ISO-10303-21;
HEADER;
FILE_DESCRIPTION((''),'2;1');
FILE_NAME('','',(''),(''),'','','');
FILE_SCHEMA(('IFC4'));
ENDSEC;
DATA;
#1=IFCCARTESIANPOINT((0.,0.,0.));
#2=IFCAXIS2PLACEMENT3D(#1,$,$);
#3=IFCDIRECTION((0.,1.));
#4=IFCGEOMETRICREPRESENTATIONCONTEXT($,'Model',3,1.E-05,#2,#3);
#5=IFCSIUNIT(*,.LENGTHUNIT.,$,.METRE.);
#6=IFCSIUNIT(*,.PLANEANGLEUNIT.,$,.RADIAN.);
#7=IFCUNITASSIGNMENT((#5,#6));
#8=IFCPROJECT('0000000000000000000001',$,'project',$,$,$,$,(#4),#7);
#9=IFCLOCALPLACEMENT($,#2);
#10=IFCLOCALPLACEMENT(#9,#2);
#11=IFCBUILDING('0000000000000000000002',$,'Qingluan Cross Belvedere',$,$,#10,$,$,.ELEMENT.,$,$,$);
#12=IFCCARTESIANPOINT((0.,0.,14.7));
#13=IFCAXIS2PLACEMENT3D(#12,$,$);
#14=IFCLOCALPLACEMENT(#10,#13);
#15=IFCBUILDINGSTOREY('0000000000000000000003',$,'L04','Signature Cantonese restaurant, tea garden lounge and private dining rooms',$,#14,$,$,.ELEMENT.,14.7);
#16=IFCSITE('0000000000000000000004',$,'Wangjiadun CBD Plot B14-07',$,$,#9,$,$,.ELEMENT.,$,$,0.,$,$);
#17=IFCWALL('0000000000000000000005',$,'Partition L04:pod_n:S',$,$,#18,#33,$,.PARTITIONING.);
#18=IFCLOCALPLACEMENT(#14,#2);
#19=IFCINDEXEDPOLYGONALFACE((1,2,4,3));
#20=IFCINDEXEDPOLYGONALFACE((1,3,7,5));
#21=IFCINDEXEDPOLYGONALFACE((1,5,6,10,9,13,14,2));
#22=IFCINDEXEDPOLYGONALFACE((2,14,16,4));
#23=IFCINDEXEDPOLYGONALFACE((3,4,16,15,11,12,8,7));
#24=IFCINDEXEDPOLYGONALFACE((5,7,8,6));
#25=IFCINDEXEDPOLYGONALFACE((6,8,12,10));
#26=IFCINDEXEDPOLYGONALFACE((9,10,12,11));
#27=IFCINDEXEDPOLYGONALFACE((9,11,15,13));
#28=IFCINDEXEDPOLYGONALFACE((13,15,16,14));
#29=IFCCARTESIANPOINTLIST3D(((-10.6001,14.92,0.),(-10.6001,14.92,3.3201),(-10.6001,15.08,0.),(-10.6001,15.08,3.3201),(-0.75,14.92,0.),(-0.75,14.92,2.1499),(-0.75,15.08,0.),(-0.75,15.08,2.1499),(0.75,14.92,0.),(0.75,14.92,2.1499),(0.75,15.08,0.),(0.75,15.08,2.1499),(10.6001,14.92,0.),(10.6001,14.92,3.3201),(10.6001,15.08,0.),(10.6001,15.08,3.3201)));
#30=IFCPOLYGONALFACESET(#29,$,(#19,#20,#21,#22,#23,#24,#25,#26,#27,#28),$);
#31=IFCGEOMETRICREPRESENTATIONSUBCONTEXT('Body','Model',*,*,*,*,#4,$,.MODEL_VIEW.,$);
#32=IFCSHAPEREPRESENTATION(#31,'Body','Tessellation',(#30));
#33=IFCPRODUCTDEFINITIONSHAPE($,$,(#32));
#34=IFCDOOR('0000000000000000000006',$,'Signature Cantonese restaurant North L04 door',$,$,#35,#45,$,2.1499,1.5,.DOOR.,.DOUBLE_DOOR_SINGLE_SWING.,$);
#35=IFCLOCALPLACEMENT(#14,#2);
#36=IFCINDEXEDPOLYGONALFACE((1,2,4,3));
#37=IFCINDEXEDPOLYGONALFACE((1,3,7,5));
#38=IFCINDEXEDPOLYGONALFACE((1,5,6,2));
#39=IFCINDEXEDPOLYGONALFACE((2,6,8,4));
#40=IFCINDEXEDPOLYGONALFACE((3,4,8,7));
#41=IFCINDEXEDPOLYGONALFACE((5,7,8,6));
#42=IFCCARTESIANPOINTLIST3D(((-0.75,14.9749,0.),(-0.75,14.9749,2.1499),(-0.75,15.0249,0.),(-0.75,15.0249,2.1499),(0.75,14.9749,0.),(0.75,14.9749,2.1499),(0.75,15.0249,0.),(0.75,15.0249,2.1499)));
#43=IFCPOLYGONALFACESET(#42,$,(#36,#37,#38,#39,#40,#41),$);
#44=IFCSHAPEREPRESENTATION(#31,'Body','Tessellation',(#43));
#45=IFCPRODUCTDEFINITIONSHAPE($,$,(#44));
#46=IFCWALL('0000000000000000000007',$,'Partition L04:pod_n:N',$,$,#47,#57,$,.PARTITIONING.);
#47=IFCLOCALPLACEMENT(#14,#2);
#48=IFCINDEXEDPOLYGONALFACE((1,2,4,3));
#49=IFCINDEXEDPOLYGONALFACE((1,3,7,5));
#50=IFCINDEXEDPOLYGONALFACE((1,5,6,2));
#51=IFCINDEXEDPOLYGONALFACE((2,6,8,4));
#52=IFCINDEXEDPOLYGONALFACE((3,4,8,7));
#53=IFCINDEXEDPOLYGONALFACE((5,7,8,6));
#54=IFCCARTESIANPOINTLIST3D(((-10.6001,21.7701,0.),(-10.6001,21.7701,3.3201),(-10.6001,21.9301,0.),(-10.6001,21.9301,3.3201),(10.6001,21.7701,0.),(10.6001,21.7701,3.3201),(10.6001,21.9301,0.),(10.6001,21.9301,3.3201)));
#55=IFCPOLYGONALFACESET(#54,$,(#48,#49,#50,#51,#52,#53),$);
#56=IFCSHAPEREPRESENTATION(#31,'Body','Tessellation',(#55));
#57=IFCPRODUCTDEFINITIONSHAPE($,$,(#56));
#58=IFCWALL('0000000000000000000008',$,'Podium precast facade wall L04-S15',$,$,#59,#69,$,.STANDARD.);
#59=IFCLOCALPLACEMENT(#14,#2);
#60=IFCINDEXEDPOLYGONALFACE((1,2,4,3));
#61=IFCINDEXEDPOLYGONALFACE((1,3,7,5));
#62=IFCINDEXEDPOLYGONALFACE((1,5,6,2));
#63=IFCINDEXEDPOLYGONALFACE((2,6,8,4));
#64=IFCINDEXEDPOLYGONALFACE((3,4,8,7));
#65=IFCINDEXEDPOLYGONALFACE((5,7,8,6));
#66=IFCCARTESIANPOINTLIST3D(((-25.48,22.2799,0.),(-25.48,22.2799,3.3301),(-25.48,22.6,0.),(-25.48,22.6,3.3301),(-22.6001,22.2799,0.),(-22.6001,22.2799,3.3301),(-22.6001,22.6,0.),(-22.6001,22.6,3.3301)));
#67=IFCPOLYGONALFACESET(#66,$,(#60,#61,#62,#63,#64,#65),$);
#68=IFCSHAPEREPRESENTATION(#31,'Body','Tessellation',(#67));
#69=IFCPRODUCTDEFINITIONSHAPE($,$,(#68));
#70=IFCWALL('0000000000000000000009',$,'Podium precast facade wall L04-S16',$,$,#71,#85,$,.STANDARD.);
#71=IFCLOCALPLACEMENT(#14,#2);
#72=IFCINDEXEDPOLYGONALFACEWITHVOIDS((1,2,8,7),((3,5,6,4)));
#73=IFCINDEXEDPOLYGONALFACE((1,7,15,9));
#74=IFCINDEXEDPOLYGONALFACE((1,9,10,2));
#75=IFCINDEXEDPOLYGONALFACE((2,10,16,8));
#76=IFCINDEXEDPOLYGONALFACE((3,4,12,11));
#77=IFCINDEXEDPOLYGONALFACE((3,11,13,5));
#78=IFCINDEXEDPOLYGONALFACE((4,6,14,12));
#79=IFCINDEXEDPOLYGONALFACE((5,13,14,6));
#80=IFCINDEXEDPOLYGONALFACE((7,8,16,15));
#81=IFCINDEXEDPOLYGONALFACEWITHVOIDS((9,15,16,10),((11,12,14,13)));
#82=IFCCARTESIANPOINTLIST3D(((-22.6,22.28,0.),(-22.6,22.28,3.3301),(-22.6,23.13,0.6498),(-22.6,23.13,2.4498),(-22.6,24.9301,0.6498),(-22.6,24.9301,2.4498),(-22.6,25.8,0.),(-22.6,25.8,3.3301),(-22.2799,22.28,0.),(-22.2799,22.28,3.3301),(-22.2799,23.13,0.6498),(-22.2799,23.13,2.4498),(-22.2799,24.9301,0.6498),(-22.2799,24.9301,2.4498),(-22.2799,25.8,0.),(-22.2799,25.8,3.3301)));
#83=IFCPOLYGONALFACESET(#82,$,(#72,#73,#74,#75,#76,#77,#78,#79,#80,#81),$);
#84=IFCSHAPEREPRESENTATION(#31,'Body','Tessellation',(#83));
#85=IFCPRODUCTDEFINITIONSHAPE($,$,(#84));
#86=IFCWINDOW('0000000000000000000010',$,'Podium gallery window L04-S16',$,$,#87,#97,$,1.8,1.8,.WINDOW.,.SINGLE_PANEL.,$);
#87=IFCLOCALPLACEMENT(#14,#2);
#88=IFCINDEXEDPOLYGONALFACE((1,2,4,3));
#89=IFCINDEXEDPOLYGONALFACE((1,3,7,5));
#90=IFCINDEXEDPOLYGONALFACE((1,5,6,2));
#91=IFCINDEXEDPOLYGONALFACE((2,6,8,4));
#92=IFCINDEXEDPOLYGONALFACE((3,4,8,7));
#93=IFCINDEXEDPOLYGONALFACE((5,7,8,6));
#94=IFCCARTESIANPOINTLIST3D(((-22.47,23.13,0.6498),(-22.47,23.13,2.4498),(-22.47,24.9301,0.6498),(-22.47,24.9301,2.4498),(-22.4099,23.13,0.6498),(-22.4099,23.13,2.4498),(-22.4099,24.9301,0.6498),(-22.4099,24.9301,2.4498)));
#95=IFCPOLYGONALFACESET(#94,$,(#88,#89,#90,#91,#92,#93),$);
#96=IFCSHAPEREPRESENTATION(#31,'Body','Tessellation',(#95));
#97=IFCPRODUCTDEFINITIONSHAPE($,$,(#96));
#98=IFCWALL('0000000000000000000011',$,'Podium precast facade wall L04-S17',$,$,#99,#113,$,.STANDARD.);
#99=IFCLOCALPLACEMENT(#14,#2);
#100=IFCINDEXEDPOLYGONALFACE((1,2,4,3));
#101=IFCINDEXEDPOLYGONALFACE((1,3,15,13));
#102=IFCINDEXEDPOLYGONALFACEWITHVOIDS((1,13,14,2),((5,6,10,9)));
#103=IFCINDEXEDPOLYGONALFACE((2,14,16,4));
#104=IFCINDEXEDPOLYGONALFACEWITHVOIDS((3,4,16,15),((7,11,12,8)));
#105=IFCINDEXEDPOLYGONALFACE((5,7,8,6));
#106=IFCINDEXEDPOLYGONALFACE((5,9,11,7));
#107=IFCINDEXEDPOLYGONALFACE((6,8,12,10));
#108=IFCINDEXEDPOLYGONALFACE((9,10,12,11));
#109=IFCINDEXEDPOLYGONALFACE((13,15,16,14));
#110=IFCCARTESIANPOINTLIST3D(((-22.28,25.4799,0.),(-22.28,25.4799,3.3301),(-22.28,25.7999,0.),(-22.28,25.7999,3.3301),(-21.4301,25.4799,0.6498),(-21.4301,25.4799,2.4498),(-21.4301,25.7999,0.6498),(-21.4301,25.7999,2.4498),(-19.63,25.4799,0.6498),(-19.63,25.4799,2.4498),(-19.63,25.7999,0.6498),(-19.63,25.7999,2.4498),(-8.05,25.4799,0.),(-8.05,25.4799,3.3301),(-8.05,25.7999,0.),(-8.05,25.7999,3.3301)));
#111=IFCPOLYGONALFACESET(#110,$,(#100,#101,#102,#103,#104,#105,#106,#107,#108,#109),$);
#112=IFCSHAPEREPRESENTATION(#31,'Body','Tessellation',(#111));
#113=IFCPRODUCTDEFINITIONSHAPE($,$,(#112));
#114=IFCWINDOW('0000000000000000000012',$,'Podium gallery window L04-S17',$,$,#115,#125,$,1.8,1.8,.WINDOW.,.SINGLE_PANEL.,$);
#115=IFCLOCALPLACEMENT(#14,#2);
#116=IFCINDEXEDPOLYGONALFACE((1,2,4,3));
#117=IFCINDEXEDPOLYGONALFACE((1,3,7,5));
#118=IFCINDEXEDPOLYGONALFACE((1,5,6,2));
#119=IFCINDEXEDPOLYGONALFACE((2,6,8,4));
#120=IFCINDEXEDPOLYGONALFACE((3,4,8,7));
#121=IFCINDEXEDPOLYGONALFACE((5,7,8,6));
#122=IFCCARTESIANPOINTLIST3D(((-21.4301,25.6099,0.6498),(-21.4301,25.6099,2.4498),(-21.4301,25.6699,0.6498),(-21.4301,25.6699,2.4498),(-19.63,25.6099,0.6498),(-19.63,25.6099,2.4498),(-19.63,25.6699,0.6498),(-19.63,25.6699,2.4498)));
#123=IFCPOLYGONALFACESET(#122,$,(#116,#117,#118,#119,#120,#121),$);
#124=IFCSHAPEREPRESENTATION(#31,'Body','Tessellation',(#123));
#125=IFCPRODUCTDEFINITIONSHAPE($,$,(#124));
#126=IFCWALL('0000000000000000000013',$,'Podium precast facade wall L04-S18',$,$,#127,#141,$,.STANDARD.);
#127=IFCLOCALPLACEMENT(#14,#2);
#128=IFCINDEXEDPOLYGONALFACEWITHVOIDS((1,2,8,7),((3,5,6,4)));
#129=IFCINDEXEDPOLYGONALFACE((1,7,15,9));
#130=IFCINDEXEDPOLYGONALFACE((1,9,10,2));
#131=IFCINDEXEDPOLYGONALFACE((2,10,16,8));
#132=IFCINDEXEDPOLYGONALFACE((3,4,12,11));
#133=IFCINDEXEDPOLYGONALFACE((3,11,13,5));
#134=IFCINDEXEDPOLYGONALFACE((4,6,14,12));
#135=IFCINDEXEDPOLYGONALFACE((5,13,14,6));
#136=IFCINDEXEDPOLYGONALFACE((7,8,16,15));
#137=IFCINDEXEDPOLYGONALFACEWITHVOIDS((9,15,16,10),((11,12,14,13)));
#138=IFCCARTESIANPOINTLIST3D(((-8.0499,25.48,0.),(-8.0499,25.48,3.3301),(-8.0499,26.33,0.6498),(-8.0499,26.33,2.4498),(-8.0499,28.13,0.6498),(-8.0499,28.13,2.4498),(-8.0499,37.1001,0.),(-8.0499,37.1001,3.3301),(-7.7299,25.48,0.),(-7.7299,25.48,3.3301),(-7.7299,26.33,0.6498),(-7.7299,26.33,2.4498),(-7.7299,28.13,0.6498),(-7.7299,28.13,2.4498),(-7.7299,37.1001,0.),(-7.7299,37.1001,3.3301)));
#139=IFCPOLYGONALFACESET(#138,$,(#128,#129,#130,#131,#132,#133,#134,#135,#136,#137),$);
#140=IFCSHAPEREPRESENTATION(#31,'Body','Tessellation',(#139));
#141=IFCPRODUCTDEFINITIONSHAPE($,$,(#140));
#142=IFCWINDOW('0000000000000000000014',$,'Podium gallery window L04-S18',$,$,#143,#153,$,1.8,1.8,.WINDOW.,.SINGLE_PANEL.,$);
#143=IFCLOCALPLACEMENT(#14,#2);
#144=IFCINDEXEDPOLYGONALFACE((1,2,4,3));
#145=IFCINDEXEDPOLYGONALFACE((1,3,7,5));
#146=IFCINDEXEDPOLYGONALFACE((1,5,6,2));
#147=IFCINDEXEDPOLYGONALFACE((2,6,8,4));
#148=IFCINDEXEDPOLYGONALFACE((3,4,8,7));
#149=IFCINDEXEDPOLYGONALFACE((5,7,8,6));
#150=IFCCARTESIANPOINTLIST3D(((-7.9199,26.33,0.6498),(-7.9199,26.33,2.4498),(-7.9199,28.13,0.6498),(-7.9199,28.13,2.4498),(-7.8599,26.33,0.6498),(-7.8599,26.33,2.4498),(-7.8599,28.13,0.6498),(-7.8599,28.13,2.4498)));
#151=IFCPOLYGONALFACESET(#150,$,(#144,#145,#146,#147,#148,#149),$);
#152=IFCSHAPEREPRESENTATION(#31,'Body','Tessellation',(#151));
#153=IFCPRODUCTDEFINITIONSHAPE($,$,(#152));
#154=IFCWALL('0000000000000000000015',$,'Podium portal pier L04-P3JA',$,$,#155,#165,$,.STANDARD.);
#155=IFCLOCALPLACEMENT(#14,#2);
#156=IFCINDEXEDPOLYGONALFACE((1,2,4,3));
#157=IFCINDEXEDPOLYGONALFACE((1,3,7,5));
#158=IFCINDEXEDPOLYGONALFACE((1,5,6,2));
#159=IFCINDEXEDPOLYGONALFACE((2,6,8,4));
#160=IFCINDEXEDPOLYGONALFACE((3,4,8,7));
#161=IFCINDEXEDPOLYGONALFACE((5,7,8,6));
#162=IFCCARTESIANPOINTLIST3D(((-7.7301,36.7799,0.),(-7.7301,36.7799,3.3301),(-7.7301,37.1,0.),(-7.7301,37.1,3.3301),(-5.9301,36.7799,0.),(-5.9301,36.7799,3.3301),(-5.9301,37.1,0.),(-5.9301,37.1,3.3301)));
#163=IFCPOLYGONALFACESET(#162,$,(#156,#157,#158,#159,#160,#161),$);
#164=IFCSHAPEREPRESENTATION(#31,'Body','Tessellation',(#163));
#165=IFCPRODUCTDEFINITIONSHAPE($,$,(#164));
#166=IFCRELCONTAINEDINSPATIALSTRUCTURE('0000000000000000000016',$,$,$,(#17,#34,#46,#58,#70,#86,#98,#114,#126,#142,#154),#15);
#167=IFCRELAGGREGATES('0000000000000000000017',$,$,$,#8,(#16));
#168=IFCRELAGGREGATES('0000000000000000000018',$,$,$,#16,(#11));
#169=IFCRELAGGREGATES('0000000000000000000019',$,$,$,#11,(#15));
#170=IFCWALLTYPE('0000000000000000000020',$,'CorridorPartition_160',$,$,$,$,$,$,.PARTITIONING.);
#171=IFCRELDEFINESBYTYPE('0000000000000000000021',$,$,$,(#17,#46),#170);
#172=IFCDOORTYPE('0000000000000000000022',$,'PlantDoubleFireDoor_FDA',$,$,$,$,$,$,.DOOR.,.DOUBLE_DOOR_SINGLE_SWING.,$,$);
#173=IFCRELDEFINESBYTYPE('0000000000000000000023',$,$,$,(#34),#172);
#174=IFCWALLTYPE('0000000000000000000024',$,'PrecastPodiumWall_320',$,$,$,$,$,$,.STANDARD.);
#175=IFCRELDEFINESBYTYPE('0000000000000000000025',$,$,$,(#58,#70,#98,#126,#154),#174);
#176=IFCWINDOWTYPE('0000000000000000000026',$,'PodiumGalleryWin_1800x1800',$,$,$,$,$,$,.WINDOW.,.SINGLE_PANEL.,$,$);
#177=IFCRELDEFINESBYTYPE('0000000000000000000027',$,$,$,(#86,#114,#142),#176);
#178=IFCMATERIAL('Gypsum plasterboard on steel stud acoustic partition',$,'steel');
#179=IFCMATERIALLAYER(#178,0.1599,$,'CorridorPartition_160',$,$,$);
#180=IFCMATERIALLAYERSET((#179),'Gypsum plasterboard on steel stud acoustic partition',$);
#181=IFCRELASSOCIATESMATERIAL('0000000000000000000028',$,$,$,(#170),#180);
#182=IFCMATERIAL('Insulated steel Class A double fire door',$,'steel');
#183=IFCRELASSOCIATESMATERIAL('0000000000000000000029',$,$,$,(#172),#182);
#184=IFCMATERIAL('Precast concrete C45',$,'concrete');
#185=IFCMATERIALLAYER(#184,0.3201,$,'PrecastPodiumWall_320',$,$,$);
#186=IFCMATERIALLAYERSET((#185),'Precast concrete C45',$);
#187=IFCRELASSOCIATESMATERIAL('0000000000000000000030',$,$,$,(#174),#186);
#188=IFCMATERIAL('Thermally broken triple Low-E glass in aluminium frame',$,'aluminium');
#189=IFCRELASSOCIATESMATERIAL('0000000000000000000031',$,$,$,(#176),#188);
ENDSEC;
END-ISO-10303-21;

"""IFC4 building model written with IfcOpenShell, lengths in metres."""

from ifc_helpers import new_model, si_unit, direction, frame, frame_2d, origin, place, context, subcontext, project, spatial, rectangle, extrude, material, layer, layer_set, type_object, element, fill, save


model = new_model("IFC4")

# Units and contexts
model_context = context("Model", 3, precision=1e-05, world=origin(), true_north=direction((0.0, 1.0)))
body_context = subcontext(model_context, "Body", "Model", "MODEL_VIEW")
ifc_project = project(units=[si_unit("LENGTHUNIT", "METRE"), si_unit("PLANEANGLEUNIT", "RADIAN")], contexts=[model_context])

# Site, building, storey
site_placement = place(None, origin())
site = spatial("IfcSite", under=ifc_project, at=site_placement, Name="Wangjiadun CBD Plot B14-07", CompositionType="ELEMENT", RefElevation=0.0)
building_placement = place(site_placement, origin())
building = spatial("IfcBuilding", under=site, at=building_placement, Name="Qingluan Cross Belvedere", CompositionType="ELEMENT")
storey_placement = place(building_placement, frame((0.0, 0.0, 14.7)))
storey = spatial("IfcBuildingStorey", under=building, at=storey_placement, Name="L04", Description="Signature Cantonese restaurant, tea garden lounge and private dining rooms", CompositionType="ELEMENT", Elevation=14.7)

# Wall, opening, door
ifc_material_1 = material(Name="Gypsum plasterboard on steel stud acoustic partition", Category="steel")
ifc_layer_1 = layer(ifc_material_1, 0.1599, Name="CorridorPartition_160")
ifc_layer_set_1 = layer_set([ifc_layer_1], Name="Gypsum plasterboard on steel stud acoustic partition")
wall_type_1 = type_object("IfcWallType", Name="CorridorPartition_160", PredefinedType="PARTITIONING", material=ifc_layer_set_1)
wall_1_placement = place(storey_placement, frame((-10.6001, 15.0, 0.0), z_axis=(0.0, 0.0, 1.0), x_axis=(1.0, 0.0, 0.0)))
wall_1 = element("IfcWall", 1, at=wall_1_placement, inside=storey, type_object=wall_type_1, Name="Partition L04:pod_n:S", PredefinedType="PARTITIONING", context=body_context, shape_type="SweptSolid", body=[
    extrude(rectangle(XDim=21.2002, YDim=0.1599, at=frame_2d((10.6001, 0.0))), origin(), (0.0, 0.0, 1.0), 3.3201),
])
opening_1_placement = place(wall_1_placement, frame((9.8501, 0.0, 0.0)))
opening_1 = element("IfcOpeningElement", 2, at=opening_1_placement, cuts=wall_1, PredefinedType="OPENING", context=body_context, shape_type="SweptSolid", body=[
    extrude(rectangle(XDim=1.5, YDim=2.1499, at=frame_2d((0.75, 1.075))), frame((0.0, 0.0898, 0.0), z_axis=(0.0, -1.0, 0.0), x_axis=(1.0, 0.0, 0.0)), (0.0, 0.0, 1.0), 0.1799),
])
ifc_material_2 = material(Name="Insulated steel Class A double fire door", Category="steel")
door_type = type_object("IfcDoorType", Name="PlantDoubleFireDoor_FDA", OperationType="DOUBLE_DOOR_SINGLE_SWING", PredefinedType="DOOR", material=ifc_material_2)
door_placement = place(opening_1_placement, origin())
door = element("IfcDoor", 3, at=door_placement, inside=storey, type_object=door_type, Name="Signature Cantonese restaurant North L04 door", OperationType="DOUBLE_DOOR_SINGLE_SWING", OverallHeight=2.1499, OverallWidth=1.5, PredefinedType="DOOR", context=body_context, shape_type="SweptSolid", body=[
    extrude(rectangle(XDim=1.5, YDim=2.1499, at=frame_2d((0.75, 1.075))), frame((0.0, 0.0249, 0.0), z_axis=(0.0, -1.0, 0.0), x_axis=(1.0, 0.0, 0.0)), (0.0, 0.0, 1.0), 0.05),
])
fill(opening_1, door)

# Walls
wall_2_placement = place(storey_placement, frame((-10.6001, 21.8501, 0.0), z_axis=(0.0, 0.0, 1.0), x_axis=(1.0, 0.0, 0.0)))
element("IfcWall", 4, at=wall_2_placement, inside=storey, type_object=wall_type_1, Name="Partition L04:pod_n:N", PredefinedType="PARTITIONING", context=body_context, shape_type="SweptSolid", body=[
    extrude(rectangle(XDim=21.2002, YDim=0.1599, at=frame_2d((10.6001, 0.0))), origin(), (0.0, 0.0, 1.0), 3.3201),
])
ifc_material_3 = material(Name="Precast concrete C45", Category="concrete")
ifc_layer_2 = layer(ifc_material_3, 0.3201, Name="PrecastPodiumWall_320")
ifc_layer_set_2 = layer_set([ifc_layer_2], Name="Precast concrete C45")
wall_type_2 = type_object("IfcWallType", Name="PrecastPodiumWall_320", PredefinedType="STANDARD", material=ifc_layer_set_2)
wall_3_placement = place(storey_placement, frame((-25.48, 22.4399, 0.0), z_axis=(0.0, 0.0, 1.0), x_axis=(1.0, 0.0, 0.0)))
element("IfcWall", 5, at=wall_3_placement, inside=storey, type_object=wall_type_2, Name="Podium precast facade wall L04-S15", PredefinedType="STANDARD", context=body_context, shape_type="SweptSolid", body=[
    extrude(rectangle(XDim=2.8799, YDim=0.3201, at=frame_2d((1.4399, 0.0))), origin(), (0.0, 0.0, 1.0), 3.3301),
])

# Walls, openings, windows
wall_4_placement = place(storey_placement, frame((-22.4399, 22.28, 0.0), z_axis=(0.0, 0.0, 1.0), x_axis=(0.0, 1.0, 0.0)))
wall_4 = element("IfcWall", 6, at=wall_4_placement, inside=storey, type_object=wall_type_2, Name="Podium precast facade wall L04-S16", PredefinedType="STANDARD", context=body_context, shape_type="SweptSolid", body=[
    extrude(rectangle(XDim=3.52, YDim=0.3201, at=frame_2d((1.76, 0.0))), origin(), (0.0, 0.0, 1.0), 3.3301),
])
opening_2_placement = place(wall_4_placement, frame((0.8501, 0.0, 0.6499)))
opening_2 = element("IfcOpeningElement", 7, at=opening_2_placement, cuts=wall_4, PredefinedType="OPENING", context=body_context, shape_type="SweptSolid", body=[
    extrude(rectangle(XDim=1.8, YDim=1.8, at=frame_2d((0.8999, 0.8999))), frame((0.0, 0.1699, 0.0), z_axis=(0.0, -1.0, 0.0), x_axis=(1.0, 0.0, 0.0)), (0.0, 0.0, 1.0), 0.3401),
])
ifc_material_4 = material(Name="Thermally broken triple Low-E glass in aluminium frame", Category="aluminium")
window_type = type_object("IfcWindowType", Name="PodiumGalleryWin_1800x1800", PartitioningType="SINGLE_PANEL", PredefinedType="WINDOW", material=ifc_material_4)
window_1_placement = place(opening_2_placement, origin())
window_1 = element("IfcWindow", 8, at=window_1_placement, inside=storey, type_object=window_type, Name="Podium gallery window L04-S16", OverallHeight=1.8, OverallWidth=1.8, PartitioningType="SINGLE_PANEL", PredefinedType="WINDOW", context=body_context, shape_type="SweptSolid", body=[
    extrude(rectangle(XDim=1.8, YDim=1.8, at=frame_2d((0.8999, 0.8999))), frame((0.0, 0.03, 0.0), z_axis=(0.0, -1.0, 0.0), x_axis=(1.0, 0.0, 0.0)), (0.0, 0.0, 1.0), 0.0601),
])
fill(opening_2, window_1)
wall_5_placement = place(storey_placement, frame((-22.28, 25.6399, 0.0), z_axis=(0.0, 0.0, 1.0), x_axis=(1.0, 0.0, 0.0)))
wall_5 = element("IfcWall", 9, at=wall_5_placement, inside=storey, type_object=wall_type_2, Name="Podium precast facade wall L04-S17", PredefinedType="STANDARD", context=body_context, shape_type="SweptSolid", body=[
    extrude(rectangle(XDim=14.23, YDim=0.3201, at=frame_2d((7.115, 0.0))), origin(), (0.0, 0.0, 1.0), 3.3301),
])
opening_3_placement = place(wall_5_placement, frame((0.8501, 0.0, 0.6499)))
opening_3 = element("IfcOpeningElement", 10, at=opening_3_placement, cuts=wall_5, PredefinedType="OPENING", context=body_context, shape_type="SweptSolid", body=[
    extrude(rectangle(XDim=1.8, YDim=1.8, at=frame_2d((0.8999, 0.8999))), frame((0.0, 0.1699, 0.0), z_axis=(0.0, -1.0, 0.0), x_axis=(1.0, 0.0, 0.0)), (0.0, 0.0, 1.0), 0.3401),
])
window_2_placement = place(opening_3_placement, origin())
window_2 = element("IfcWindow", 11, at=window_2_placement, inside=storey, type_object=window_type, Name="Podium gallery window L04-S17", OverallHeight=1.8, OverallWidth=1.8, PartitioningType="SINGLE_PANEL", PredefinedType="WINDOW", context=body_context, shape_type="SweptSolid", body=[
    extrude(rectangle(XDim=1.8, YDim=1.8, at=frame_2d((0.8999, 0.8999))), frame((0.0, 0.03, 0.0), z_axis=(0.0, -1.0, 0.0), x_axis=(1.0, 0.0, 0.0)), (0.0, 0.0, 1.0), 0.0601),
])
fill(opening_3, window_2)
wall_6_placement = place(storey_placement, frame((-7.8899, 25.48, 0.0), z_axis=(0.0, 0.0, 1.0), x_axis=(0.0, 1.0, 0.0)))
wall_6 = element("IfcWall", 12, at=wall_6_placement, inside=storey, type_object=wall_type_2, Name="Podium precast facade wall L04-S18", PredefinedType="STANDARD", context=body_context, shape_type="SweptSolid", body=[
    extrude(rectangle(XDim=11.6201, YDim=0.3201, at=frame_2d((5.8101, 0.0))), origin(), (0.0, 0.0, 1.0), 3.3301),
])
opening_4_placement = place(wall_6_placement, frame((0.8501, 0.0, 0.6499)))
opening_4 = element("IfcOpeningElement", 13, at=opening_4_placement, cuts=wall_6, PredefinedType="OPENING", context=body_context, shape_type="SweptSolid", body=[
    extrude(rectangle(XDim=1.8, YDim=1.8, at=frame_2d((0.8999, 0.8999))), frame((0.0, 0.1699, 0.0), z_axis=(0.0, -1.0, 0.0), x_axis=(1.0, 0.0, 0.0)), (0.0, 0.0, 1.0), 0.3401),
])
window_3_placement = place(opening_4_placement, origin())
window_3 = element("IfcWindow", 14, at=window_3_placement, inside=storey, type_object=window_type, Name="Podium gallery window L04-S18", OverallHeight=1.8, OverallWidth=1.8, PartitioningType="SINGLE_PANEL", PredefinedType="WINDOW", context=body_context, shape_type="SweptSolid", body=[
    extrude(rectangle(XDim=1.8, YDim=1.8, at=frame_2d((0.8999, 0.8999))), frame((0.0, 0.03, 0.0), z_axis=(0.0, -1.0, 0.0), x_axis=(1.0, 0.0, 0.0)), (0.0, 0.0, 1.0), 0.0601),
])
fill(opening_4, window_3)

# Wall
wall_7_placement = place(storey_placement, frame((-7.73, 36.9399, 0.0), z_axis=(0.0, 0.0, 1.0), x_axis=(1.0, 0.0, 0.0)))
element("IfcWall", 15, at=wall_7_placement, inside=storey, type_object=wall_type_2, Name="Podium portal pier L04-P3JA", PredefinedType="STANDARD", context=body_context, shape_type="SweptSolid", body=[
    extrude(rectangle(XDim=1.8, YDim=0.3201, at=frame_2d((0.8999, 0.0))), origin(), (0.0, 0.0, 1.0), 3.3301),
])

save(model, "model.ifc")
